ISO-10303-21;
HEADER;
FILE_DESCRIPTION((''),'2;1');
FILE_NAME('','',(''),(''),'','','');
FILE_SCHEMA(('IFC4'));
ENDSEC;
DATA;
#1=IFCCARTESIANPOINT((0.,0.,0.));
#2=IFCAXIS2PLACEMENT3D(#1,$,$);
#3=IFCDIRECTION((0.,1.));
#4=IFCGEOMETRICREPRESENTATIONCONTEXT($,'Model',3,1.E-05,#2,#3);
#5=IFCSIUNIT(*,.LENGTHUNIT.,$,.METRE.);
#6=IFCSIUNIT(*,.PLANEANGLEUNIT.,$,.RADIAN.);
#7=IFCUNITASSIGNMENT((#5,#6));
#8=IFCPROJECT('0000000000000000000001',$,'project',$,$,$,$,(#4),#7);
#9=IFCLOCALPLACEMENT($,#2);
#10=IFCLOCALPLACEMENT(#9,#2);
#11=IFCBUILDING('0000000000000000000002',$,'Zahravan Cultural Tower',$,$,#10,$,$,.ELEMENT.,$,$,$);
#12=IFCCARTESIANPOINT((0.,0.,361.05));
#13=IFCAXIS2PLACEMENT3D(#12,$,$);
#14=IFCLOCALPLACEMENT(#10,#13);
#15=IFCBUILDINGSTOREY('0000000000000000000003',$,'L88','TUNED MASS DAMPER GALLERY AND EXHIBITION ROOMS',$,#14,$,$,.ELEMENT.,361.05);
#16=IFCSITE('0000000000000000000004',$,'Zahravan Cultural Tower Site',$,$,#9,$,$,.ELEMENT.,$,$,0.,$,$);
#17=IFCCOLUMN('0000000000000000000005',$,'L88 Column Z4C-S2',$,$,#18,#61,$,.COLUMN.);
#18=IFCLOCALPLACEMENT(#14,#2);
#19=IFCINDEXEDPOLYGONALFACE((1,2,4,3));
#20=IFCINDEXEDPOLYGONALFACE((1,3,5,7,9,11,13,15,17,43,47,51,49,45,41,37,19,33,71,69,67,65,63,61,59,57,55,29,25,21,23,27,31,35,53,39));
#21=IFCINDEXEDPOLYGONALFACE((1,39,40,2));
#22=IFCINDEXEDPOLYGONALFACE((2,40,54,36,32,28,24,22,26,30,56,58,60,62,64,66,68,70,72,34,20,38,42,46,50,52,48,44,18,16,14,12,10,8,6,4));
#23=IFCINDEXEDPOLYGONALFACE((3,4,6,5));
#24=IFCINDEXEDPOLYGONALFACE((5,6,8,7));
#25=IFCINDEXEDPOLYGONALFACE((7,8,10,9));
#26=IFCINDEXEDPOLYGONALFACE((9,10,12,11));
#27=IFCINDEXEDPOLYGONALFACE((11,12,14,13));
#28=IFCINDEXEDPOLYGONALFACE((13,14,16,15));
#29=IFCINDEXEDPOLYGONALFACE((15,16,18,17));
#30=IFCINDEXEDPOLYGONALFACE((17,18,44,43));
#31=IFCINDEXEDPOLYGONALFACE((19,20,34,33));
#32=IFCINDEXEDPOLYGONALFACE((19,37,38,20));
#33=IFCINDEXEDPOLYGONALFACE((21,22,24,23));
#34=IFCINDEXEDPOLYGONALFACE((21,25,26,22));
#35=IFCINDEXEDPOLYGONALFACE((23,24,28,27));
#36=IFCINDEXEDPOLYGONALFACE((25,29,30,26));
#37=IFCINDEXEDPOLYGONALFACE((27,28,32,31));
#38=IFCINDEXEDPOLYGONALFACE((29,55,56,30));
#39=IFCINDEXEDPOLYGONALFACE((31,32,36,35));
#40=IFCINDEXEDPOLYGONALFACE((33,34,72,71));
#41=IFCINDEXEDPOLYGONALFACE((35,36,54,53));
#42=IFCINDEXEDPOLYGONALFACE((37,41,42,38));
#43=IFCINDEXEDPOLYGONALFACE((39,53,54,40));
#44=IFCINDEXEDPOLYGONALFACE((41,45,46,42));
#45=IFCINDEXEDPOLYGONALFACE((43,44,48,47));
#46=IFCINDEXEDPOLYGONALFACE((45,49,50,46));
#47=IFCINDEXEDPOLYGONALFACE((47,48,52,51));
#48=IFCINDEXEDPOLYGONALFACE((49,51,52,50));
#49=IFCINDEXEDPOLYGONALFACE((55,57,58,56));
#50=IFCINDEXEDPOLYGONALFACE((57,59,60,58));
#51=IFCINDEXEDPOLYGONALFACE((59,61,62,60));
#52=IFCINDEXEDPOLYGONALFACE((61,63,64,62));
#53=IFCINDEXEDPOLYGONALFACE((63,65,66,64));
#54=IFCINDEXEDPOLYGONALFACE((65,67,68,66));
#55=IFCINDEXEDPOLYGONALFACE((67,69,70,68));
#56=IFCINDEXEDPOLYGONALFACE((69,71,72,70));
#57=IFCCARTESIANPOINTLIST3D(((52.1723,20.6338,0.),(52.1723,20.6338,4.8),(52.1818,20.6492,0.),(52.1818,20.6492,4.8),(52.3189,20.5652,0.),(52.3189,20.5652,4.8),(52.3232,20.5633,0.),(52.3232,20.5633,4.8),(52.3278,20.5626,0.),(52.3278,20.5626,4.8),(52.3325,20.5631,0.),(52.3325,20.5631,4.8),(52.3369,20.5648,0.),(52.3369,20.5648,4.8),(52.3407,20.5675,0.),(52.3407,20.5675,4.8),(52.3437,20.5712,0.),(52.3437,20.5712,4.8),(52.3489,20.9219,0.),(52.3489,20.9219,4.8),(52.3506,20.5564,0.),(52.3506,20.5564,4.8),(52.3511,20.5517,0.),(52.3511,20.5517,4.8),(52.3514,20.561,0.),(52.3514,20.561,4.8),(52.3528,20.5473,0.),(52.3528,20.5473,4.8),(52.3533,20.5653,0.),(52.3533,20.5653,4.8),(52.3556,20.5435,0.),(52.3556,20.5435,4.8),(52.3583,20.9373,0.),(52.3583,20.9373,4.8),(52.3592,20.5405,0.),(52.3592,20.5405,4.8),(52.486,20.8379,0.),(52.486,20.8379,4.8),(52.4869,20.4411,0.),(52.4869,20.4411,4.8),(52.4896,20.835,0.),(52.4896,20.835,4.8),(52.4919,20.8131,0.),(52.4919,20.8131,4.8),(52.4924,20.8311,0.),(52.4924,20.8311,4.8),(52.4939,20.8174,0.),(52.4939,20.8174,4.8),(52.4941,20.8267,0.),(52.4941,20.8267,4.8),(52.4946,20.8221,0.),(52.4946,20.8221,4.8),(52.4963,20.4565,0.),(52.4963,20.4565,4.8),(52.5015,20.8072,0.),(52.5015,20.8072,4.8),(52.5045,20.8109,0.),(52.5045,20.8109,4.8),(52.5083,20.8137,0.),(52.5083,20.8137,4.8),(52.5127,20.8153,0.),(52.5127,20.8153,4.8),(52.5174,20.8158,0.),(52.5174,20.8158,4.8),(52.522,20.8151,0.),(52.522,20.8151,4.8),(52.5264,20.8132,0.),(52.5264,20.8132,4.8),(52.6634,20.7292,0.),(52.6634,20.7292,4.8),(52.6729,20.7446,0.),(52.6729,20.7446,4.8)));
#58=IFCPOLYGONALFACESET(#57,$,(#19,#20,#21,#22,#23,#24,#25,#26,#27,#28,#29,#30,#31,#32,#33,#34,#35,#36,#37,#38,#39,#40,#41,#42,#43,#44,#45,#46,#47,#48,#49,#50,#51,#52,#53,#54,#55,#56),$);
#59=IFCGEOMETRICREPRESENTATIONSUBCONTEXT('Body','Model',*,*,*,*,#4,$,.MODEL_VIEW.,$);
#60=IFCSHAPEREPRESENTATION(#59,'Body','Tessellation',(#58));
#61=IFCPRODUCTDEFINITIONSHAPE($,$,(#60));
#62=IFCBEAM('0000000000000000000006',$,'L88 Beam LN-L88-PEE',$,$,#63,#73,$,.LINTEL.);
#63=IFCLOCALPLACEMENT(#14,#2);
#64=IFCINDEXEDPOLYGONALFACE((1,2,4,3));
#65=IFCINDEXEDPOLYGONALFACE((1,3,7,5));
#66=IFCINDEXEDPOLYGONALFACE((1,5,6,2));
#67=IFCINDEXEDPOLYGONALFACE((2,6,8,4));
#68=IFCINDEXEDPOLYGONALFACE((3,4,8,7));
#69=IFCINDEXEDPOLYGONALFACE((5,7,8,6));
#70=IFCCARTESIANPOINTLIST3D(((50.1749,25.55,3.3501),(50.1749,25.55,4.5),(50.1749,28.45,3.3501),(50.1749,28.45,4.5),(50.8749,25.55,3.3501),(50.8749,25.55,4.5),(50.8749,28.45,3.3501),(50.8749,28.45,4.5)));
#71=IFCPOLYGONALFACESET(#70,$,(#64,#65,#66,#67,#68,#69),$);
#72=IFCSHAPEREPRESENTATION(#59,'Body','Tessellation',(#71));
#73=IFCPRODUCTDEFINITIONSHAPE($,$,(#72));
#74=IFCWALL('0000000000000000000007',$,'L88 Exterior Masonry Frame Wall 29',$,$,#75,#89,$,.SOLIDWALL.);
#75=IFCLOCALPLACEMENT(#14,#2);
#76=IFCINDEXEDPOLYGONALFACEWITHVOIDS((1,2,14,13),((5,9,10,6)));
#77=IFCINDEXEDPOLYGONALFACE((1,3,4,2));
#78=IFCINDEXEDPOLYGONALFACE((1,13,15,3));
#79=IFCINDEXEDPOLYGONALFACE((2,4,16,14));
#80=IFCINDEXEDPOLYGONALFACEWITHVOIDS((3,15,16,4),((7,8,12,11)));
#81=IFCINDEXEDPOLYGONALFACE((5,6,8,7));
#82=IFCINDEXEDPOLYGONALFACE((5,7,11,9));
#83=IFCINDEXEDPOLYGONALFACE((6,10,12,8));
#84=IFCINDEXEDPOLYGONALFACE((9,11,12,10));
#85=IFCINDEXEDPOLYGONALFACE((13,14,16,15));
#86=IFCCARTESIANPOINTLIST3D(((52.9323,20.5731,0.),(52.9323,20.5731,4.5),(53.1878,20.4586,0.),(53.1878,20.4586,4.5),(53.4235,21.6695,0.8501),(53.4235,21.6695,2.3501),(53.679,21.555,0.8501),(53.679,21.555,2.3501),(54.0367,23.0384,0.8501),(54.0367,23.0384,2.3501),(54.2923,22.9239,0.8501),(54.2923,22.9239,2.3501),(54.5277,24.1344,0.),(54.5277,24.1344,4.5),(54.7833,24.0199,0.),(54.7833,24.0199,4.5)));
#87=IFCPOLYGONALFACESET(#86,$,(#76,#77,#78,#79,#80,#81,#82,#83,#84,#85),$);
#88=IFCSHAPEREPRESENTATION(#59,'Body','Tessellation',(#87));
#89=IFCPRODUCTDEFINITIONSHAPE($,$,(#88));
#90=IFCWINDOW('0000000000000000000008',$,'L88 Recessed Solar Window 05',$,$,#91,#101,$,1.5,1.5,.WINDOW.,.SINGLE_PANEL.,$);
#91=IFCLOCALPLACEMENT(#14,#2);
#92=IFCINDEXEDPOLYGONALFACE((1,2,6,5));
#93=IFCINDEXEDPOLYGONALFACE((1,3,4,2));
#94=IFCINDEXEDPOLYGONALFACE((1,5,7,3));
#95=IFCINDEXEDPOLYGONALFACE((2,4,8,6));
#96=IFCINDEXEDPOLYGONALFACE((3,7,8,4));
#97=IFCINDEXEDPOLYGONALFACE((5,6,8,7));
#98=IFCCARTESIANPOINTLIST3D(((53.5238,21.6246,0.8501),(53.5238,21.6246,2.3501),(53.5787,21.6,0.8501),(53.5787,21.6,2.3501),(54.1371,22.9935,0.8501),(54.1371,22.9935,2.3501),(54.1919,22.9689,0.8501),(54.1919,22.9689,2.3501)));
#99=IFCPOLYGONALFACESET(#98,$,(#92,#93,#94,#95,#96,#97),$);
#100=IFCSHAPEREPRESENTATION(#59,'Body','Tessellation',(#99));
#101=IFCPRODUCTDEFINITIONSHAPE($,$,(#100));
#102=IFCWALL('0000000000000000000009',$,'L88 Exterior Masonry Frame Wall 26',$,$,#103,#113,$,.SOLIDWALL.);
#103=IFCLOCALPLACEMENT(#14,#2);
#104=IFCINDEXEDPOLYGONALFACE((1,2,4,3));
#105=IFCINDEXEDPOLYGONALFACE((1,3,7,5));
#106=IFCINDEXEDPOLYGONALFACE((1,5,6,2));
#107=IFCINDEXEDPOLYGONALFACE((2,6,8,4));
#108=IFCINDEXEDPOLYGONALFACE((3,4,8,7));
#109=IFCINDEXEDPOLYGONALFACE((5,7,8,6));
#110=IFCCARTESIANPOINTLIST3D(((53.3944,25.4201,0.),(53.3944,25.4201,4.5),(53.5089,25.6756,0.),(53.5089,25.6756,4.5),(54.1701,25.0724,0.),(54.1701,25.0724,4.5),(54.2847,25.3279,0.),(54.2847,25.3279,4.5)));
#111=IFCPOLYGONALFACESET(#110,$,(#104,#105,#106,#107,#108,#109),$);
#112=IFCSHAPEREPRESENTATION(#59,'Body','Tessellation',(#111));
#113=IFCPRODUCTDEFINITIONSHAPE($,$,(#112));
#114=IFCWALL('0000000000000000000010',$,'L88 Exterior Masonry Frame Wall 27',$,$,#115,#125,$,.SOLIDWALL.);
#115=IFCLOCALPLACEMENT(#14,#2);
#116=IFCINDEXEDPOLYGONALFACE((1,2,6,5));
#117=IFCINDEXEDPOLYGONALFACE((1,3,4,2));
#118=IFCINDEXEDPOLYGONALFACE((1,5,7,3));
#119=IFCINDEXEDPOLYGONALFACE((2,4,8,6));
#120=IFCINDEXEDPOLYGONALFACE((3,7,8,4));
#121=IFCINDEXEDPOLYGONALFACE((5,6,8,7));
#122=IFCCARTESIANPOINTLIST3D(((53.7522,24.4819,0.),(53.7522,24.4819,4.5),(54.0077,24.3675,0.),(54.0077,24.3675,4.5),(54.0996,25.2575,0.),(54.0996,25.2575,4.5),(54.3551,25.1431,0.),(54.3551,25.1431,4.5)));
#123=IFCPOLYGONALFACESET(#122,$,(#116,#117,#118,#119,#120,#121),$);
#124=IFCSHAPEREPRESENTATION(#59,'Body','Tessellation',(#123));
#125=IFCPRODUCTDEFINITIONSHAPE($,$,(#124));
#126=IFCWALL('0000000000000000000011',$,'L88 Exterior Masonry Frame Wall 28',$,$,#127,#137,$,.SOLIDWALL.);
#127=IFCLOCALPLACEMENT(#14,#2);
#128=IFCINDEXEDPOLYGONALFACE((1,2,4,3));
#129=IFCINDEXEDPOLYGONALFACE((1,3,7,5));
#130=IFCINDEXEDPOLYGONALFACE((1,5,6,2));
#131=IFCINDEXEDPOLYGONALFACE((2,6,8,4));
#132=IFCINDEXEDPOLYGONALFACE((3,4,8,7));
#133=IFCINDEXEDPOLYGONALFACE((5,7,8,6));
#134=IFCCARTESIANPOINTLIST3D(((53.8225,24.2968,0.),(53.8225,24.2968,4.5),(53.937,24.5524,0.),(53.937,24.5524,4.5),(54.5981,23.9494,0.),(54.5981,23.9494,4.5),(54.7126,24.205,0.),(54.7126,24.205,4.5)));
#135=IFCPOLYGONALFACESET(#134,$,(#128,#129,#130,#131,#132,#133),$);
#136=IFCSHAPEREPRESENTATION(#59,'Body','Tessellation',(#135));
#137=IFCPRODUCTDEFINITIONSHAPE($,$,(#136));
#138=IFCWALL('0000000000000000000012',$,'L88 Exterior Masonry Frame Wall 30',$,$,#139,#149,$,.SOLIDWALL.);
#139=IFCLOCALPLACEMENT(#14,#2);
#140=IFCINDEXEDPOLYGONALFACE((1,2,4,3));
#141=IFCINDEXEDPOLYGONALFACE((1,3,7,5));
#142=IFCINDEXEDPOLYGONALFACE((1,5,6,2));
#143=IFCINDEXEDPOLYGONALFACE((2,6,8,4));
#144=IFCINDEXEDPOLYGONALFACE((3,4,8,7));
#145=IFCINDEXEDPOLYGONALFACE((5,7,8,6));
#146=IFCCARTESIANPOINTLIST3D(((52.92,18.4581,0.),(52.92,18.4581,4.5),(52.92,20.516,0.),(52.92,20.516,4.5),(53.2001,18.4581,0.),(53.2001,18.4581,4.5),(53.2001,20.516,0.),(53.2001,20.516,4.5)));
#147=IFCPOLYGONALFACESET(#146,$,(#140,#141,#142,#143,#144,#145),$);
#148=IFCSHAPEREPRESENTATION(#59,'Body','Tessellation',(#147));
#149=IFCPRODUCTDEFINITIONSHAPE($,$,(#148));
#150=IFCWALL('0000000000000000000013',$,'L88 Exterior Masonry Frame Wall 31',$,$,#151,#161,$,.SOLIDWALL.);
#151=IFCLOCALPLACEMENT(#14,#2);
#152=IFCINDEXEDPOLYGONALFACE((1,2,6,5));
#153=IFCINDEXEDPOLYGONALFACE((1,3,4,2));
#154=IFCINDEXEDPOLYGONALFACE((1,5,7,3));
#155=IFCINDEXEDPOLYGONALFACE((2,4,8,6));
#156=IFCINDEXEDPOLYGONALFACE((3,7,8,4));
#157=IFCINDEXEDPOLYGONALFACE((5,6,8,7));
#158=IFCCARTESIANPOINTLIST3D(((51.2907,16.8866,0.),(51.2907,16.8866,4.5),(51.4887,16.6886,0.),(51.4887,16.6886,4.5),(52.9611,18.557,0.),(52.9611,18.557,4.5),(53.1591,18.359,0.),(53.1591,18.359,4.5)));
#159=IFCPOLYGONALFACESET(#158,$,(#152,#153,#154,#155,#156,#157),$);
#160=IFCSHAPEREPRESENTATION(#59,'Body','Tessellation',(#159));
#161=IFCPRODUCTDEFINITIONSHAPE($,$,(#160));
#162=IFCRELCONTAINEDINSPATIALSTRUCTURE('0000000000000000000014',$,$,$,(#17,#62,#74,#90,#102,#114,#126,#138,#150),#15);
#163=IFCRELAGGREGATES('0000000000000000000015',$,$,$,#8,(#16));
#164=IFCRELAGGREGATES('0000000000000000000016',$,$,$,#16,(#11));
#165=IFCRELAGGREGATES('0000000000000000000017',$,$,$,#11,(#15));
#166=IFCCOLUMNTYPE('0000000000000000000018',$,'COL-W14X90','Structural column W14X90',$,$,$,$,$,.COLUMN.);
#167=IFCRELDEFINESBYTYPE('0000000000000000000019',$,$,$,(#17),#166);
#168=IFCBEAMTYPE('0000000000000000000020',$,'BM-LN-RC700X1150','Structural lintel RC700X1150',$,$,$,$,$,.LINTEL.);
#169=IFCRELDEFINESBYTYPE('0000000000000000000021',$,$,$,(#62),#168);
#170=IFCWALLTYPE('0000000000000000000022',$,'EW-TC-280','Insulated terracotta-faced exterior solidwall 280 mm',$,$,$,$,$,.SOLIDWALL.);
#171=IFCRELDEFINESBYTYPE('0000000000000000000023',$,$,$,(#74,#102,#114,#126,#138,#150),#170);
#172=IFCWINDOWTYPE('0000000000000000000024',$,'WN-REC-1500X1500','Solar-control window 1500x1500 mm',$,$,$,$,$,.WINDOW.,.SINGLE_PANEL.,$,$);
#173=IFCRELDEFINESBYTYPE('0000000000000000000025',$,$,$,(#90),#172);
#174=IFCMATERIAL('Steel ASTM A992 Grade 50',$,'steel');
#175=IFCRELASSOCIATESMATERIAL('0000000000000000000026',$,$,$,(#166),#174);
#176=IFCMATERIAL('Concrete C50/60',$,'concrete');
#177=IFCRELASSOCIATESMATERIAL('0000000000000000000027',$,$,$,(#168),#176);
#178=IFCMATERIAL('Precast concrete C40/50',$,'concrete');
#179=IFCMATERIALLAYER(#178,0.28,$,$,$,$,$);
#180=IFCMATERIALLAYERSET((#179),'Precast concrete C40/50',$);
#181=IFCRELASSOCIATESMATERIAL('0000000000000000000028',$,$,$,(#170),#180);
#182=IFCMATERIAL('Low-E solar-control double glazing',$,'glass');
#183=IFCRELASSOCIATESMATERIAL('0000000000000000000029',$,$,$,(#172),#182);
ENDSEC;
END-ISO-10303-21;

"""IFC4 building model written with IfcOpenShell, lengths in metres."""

from ifc_helpers import new_model, si_unit, direction, frame, frame_2d, origin, origin_2d, place, context, subcontext, project, spatial, rectangle, i_section, extrude, source, transform, mapped, material, layer, layer_set, material_profile, profile_set, type_object, element, fill, save


model = new_model("IFC4")

# Units and contexts
model_context = context("Model", 3, precision=1e-05, world=origin(), true_north=direction((0.0, 1.0)))
body_context = subcontext(model_context, "Body", "Model", "MODEL_VIEW")
ifc_project = project(units=[si_unit("LENGTHUNIT", "METRE"), si_unit("PLANEANGLEUNIT", "RADIAN")], contexts=[model_context])

# Site, building, storey
site_placement = place(None, origin())
site = spatial("IfcSite", under=ifc_project, at=site_placement, Name="Zahravan Cultural Tower Site", CompositionType="ELEMENT", RefElevation=0.0)
building_placement = place(site_placement, origin())
building = spatial("IfcBuilding", under=site, at=building_placement, Name="Zahravan Cultural Tower", CompositionType="ELEMENT")
storey_placement = place(building_placement, frame((0.0, 0.0, 361.05)))
storey = spatial("IfcBuildingStorey", under=building, at=storey_placement, Name="L88", Description="TUNED MASS DAMPER GALLERY AND EXHIBITION ROOMS", CompositionType="ELEMENT", Elevation=361.05)

# Column
ifc_material_1 = material(Name="Steel ASTM A992 Grade 50", Category="steel")
ifc_material_profile_1 = material_profile(ifc_material_1, i_section(OverallWidth=0.3689, OverallDepth=0.356, WebThickness=0.0112, FlangeThickness=0.0181, FilletRadius=0.0181, at=origin_2d()), Name="W14X90")
ifc_profile_set_1 = profile_set([ifc_material_profile_1], Name="Steel ASTM A992 Grade 50")
column_type = type_object("IfcColumnType", Name="COL-W14X90", Description="Structural column W14X90", PredefinedType="COLUMN", material=ifc_profile_set_1)
shared_shape_1 = source(origin(), body_context, "Body", "SweptSolid", [
    extrude(i_section(OverallWidth=0.3689, OverallDepth=0.356, WebThickness=0.0112, FlangeThickness=0.0181, FilletRadius=0.0181, at=origin_2d()), origin(), (0.0, 0.0, 1.0), 4.8),
])
column_placement = place(storey_placement, frame((52.4226, 20.6892, 0.0), z_axis=(0.0, 0.0, 1.0), x_axis=(-0.85264, 0.522499, 0.0)))
element("IfcColumn", 1, at=column_placement, inside=storey, type_object=column_type, Name="L88 Column Z4C-S2", PredefinedType="COLUMN", context=body_context, shape_type="MappedRepresentation", body=[
    mapped(shared_shape_1, transform((0.0, 0.0, 0.0), x_axis=(1.0, 0.0, 0.0), y_axis=(0.0, 1.0, 0.0), z_axis=(0.0, 0.0, 1.0), scale=1.0)),
])

# Beam
ifc_material_2 = material(Name="Concrete C50/60", Category="concrete")
ifc_material_profile_2 = material_profile(ifc_material_2, rectangle(XDim=0.7, YDim=1.1499, at=origin_2d()), Name="RC700X1150")
ifc_profile_set_2 = profile_set([ifc_material_profile_2], Name="Concrete C50/60")
beam_type = type_object("IfcBeamType", Name="BM-LN-RC700X1150", Description="Structural lintel RC700X1150", PredefinedType="LINTEL", material=ifc_profile_set_2)
shared_shape_2 = source(origin(), body_context, "Body", "SweptSolid", [
    extrude(rectangle(XDim=0.7, YDim=1.1499, at=origin_2d()), origin(), (0.0, 0.0, 1.0), 2.8999),
])
beam_placement = place(storey_placement, frame((50.5249, 25.55, 3.925), z_axis=(0.0, 1.0, 0.0), x_axis=(-1.0, 0.0, 0.0)))
element("IfcBeam", 2, at=beam_placement, inside=storey, type_object=beam_type, Name="L88 Beam LN-L88-PEE", PredefinedType="LINTEL", context=body_context, shape_type="MappedRepresentation", body=[
    mapped(shared_shape_2, transform((0.0, 0.0, 0.0), x_axis=(1.0, 0.0, 0.0), y_axis=(0.0, 1.0, 0.0), z_axis=(0.0, 0.0, 1.0), scale=1.0)),
])

# Wall, opening, window
ifc_material_3 = material(Name="Precast concrete C40/50", Category="concrete")
ifc_layer_1 = layer(ifc_material_3, 0.28)
ifc_layer_set_1 = layer_set([ifc_layer_1], Name="Precast concrete C40/50")
wall_type_1 = type_object("IfcWallType", Name="EW-TC-280", Description="Insulated terracotta-faced exterior solidwall 280 mm", PredefinedType="SOLIDWALL", material=ifc_layer_set_1)
wall_1_placement = place(storey_placement, frame((54.6555, 24.0771, 0.0), z_axis=(0.0, 0.0, 1.0), x_axis=(-0.408848, -0.912603, 0.0)))
wall_1 = element("IfcWall", 3, at=wall_1_placement, inside=storey, type_object=wall_type_1, Name="L88 Exterior Masonry Frame Wall 29", PredefinedType="SOLIDWALL", context=body_context, shape_type="SweptSolid", body=[
    extrude(rectangle(XDim=3.9023, YDim=0.28, at=frame_2d((1.9512, 0.0))), origin(), (0.0, 0.0, 1.0), 4.5),
])
opening_placement = place(wall_1_placement, frame((1.2009, 0.0, 0.8501)))
opening = element("IfcOpeningElement", 4, at=opening_placement, cuts=wall_1, PredefinedType="OPENING", context=body_context, shape_type="SweptSolid", body=[
    extrude(rectangle(XDim=1.5, YDim=1.5, at=frame_2d((0.75, 0.75))), frame((0.0, 0.1499, 0.0), z_axis=(0.0, -1.0, 0.0), x_axis=(1.0, 0.0, 0.0)), (0.0, 0.0, 1.0), 0.3),
])
ifc_material_4 = material(Name="Low-E solar-control double glazing", Category="glass")
window_type = type_object("IfcWindowType", Name="WN-REC-1500X1500", Description="Solar-control window 1500x1500 mm", PartitioningType="SINGLE_PANEL", PredefinedType="WINDOW", material=ifc_material_4)
shared_shape_3 = source(origin(), body_context, "Body", "SweptSolid", [
    extrude(rectangle(XDim=1.5, YDim=1.5, at=frame_2d((0.75, 0.75))), frame((0.0, 0.03, 0.0), z_axis=(0.0, -1.0, 0.0), x_axis=(1.0, 0.0, 0.0)), (0.0, 0.0, 1.0), 0.0601),
])
window_placement = place(opening_placement, origin())
window = element("IfcWindow", 5, at=window_placement, inside=storey, type_object=window_type, Name="L88 Recessed Solar Window 05", OverallHeight=1.5, OverallWidth=1.5, PartitioningType="SINGLE_PANEL", PredefinedType="WINDOW", context=body_context, shape_type="MappedRepresentation", body=[
    mapped(shared_shape_3, transform((0.0, 0.0, 0.0), x_axis=(1.0, 0.0, 0.0), y_axis=(0.0, 1.0, 0.0), z_axis=(0.0, 0.0, 1.0), scale=1.0)),
])
fill(opening, window)

# Walls
shared_shape_4 = source(origin(), body_context, "Body", "SweptSolid", [
    extrude(rectangle(XDim=0.8501, YDim=0.28, at=frame_2d((0.425, 0.0))), origin(), (0.0, 0.0, 1.0), 4.5),
])
wall_2_placement = place(storey_placement, frame((53.4517, 25.5479, 0.0), z_axis=(0.0, 0.0, 1.0), x_axis=(0.912528, -0.409015, 0.0)))
element("IfcWall", 6, at=wall_2_placement, inside=storey, type_object=wall_type_1, Name="L88 Exterior Masonry Frame Wall 26", PredefinedType="SOLIDWALL", context=body_context, shape_type="MappedRepresentation", body=[
    mapped(shared_shape_4, transform((0.0, 0.0, 0.0), x_axis=(1.0, 0.0, 0.0), y_axis=(0.0, 1.0, 0.0), z_axis=(0.0, 0.0, 1.0), scale=1.0)),
])
shared_shape_5 = source(origin(), body_context, "Body", "SweptSolid", [
    extrude(rectangle(XDim=0.8499, YDim=0.28, at=frame_2d((0.4248, 0.0))), origin(), (0.0, 0.0, 1.0), 4.5),
])
for number, where, z_axis, x_axis, name in (
    (7, (54.2273, 25.2002, 0.0), (0.0, 0.0, 1.0), (-0.408775, -0.912635, 0.0), "L88 Exterior Masonry Frame Wall 27"),
    (8, (53.8799, 24.4246, 0.0), (0.0, 0.0, 1.0), (0.912635, -0.408775, 0.0), "L88 Exterior Masonry Frame Wall 28"),
):
    element("IfcWall", number, at=place(storey_placement, frame(where, z_axis=z_axis, x_axis=x_axis)), inside=storey, type_object=wall_type_1, Name=name, PredefinedType="SOLIDWALL", context=body_context, shape_type="MappedRepresentation", body=[
        mapped(shared_shape_5, transform((0.0, 0.0, 0.0), x_axis=(1.0, 0.0, 0.0), y_axis=(0.0, 1.0, 0.0), z_axis=(0.0, 0.0, 1.0), scale=1.0)),
    ])
shared_shape_6 = source(origin(), body_context, "Body", "SweptSolid", [
    extrude(rectangle(XDim=2.0579, YDim=0.28, at=frame_2d((1.0288, 0.0))), origin(), (0.0, 0.0, 1.0), 4.5),
])
wall_3_placement = place(storey_placement, frame((53.0601, 20.5159, 0.0), z_axis=(0.0, 0.0, 1.0), x_axis=(0.0, -1.0, 0.0)))
element("IfcWall", 9, at=wall_3_placement, inside=storey, type_object=wall_type_1, Name="L88 Exterior Masonry Frame Wall 30", PredefinedType="SOLIDWALL", context=body_context, shape_type="MappedRepresentation", body=[
    mapped(shared_shape_6, transform((0.0, 0.0, 0.0), x_axis=(1.0, 0.0, 0.0), y_axis=(0.0, 1.0, 0.0), z_axis=(0.0, 0.0, 1.0), scale=1.0)),
])
shared_shape_7 = source(origin(), body_context, "Body", "SweptSolid", [
    extrude(rectangle(XDim=2.3623, YDim=0.28, at=frame_2d((1.1812, 0.0))), origin(), (0.0, 0.0, 1.0), 4.5),
])
wall_4_placement = place(storey_placement, frame((53.0601, 18.458, 0.0), z_axis=(0.0, 0.0, 1.0), x_axis=(-0.707107, -0.707107, 0.0)))
element("IfcWall", 10, at=wall_4_placement, inside=storey, type_object=wall_type_1, Name="L88 Exterior Masonry Frame Wall 31", PredefinedType="SOLIDWALL", context=body_context, shape_type="MappedRepresentation", body=[
    mapped(shared_shape_7, transform((0.0, 0.0, 0.0), x_axis=(1.0, 0.0, 0.0), y_axis=(0.0, 1.0, 0.0), z_axis=(0.0, 0.0, 1.0), scale=1.0)),
])

save(model, "model.ifc")
